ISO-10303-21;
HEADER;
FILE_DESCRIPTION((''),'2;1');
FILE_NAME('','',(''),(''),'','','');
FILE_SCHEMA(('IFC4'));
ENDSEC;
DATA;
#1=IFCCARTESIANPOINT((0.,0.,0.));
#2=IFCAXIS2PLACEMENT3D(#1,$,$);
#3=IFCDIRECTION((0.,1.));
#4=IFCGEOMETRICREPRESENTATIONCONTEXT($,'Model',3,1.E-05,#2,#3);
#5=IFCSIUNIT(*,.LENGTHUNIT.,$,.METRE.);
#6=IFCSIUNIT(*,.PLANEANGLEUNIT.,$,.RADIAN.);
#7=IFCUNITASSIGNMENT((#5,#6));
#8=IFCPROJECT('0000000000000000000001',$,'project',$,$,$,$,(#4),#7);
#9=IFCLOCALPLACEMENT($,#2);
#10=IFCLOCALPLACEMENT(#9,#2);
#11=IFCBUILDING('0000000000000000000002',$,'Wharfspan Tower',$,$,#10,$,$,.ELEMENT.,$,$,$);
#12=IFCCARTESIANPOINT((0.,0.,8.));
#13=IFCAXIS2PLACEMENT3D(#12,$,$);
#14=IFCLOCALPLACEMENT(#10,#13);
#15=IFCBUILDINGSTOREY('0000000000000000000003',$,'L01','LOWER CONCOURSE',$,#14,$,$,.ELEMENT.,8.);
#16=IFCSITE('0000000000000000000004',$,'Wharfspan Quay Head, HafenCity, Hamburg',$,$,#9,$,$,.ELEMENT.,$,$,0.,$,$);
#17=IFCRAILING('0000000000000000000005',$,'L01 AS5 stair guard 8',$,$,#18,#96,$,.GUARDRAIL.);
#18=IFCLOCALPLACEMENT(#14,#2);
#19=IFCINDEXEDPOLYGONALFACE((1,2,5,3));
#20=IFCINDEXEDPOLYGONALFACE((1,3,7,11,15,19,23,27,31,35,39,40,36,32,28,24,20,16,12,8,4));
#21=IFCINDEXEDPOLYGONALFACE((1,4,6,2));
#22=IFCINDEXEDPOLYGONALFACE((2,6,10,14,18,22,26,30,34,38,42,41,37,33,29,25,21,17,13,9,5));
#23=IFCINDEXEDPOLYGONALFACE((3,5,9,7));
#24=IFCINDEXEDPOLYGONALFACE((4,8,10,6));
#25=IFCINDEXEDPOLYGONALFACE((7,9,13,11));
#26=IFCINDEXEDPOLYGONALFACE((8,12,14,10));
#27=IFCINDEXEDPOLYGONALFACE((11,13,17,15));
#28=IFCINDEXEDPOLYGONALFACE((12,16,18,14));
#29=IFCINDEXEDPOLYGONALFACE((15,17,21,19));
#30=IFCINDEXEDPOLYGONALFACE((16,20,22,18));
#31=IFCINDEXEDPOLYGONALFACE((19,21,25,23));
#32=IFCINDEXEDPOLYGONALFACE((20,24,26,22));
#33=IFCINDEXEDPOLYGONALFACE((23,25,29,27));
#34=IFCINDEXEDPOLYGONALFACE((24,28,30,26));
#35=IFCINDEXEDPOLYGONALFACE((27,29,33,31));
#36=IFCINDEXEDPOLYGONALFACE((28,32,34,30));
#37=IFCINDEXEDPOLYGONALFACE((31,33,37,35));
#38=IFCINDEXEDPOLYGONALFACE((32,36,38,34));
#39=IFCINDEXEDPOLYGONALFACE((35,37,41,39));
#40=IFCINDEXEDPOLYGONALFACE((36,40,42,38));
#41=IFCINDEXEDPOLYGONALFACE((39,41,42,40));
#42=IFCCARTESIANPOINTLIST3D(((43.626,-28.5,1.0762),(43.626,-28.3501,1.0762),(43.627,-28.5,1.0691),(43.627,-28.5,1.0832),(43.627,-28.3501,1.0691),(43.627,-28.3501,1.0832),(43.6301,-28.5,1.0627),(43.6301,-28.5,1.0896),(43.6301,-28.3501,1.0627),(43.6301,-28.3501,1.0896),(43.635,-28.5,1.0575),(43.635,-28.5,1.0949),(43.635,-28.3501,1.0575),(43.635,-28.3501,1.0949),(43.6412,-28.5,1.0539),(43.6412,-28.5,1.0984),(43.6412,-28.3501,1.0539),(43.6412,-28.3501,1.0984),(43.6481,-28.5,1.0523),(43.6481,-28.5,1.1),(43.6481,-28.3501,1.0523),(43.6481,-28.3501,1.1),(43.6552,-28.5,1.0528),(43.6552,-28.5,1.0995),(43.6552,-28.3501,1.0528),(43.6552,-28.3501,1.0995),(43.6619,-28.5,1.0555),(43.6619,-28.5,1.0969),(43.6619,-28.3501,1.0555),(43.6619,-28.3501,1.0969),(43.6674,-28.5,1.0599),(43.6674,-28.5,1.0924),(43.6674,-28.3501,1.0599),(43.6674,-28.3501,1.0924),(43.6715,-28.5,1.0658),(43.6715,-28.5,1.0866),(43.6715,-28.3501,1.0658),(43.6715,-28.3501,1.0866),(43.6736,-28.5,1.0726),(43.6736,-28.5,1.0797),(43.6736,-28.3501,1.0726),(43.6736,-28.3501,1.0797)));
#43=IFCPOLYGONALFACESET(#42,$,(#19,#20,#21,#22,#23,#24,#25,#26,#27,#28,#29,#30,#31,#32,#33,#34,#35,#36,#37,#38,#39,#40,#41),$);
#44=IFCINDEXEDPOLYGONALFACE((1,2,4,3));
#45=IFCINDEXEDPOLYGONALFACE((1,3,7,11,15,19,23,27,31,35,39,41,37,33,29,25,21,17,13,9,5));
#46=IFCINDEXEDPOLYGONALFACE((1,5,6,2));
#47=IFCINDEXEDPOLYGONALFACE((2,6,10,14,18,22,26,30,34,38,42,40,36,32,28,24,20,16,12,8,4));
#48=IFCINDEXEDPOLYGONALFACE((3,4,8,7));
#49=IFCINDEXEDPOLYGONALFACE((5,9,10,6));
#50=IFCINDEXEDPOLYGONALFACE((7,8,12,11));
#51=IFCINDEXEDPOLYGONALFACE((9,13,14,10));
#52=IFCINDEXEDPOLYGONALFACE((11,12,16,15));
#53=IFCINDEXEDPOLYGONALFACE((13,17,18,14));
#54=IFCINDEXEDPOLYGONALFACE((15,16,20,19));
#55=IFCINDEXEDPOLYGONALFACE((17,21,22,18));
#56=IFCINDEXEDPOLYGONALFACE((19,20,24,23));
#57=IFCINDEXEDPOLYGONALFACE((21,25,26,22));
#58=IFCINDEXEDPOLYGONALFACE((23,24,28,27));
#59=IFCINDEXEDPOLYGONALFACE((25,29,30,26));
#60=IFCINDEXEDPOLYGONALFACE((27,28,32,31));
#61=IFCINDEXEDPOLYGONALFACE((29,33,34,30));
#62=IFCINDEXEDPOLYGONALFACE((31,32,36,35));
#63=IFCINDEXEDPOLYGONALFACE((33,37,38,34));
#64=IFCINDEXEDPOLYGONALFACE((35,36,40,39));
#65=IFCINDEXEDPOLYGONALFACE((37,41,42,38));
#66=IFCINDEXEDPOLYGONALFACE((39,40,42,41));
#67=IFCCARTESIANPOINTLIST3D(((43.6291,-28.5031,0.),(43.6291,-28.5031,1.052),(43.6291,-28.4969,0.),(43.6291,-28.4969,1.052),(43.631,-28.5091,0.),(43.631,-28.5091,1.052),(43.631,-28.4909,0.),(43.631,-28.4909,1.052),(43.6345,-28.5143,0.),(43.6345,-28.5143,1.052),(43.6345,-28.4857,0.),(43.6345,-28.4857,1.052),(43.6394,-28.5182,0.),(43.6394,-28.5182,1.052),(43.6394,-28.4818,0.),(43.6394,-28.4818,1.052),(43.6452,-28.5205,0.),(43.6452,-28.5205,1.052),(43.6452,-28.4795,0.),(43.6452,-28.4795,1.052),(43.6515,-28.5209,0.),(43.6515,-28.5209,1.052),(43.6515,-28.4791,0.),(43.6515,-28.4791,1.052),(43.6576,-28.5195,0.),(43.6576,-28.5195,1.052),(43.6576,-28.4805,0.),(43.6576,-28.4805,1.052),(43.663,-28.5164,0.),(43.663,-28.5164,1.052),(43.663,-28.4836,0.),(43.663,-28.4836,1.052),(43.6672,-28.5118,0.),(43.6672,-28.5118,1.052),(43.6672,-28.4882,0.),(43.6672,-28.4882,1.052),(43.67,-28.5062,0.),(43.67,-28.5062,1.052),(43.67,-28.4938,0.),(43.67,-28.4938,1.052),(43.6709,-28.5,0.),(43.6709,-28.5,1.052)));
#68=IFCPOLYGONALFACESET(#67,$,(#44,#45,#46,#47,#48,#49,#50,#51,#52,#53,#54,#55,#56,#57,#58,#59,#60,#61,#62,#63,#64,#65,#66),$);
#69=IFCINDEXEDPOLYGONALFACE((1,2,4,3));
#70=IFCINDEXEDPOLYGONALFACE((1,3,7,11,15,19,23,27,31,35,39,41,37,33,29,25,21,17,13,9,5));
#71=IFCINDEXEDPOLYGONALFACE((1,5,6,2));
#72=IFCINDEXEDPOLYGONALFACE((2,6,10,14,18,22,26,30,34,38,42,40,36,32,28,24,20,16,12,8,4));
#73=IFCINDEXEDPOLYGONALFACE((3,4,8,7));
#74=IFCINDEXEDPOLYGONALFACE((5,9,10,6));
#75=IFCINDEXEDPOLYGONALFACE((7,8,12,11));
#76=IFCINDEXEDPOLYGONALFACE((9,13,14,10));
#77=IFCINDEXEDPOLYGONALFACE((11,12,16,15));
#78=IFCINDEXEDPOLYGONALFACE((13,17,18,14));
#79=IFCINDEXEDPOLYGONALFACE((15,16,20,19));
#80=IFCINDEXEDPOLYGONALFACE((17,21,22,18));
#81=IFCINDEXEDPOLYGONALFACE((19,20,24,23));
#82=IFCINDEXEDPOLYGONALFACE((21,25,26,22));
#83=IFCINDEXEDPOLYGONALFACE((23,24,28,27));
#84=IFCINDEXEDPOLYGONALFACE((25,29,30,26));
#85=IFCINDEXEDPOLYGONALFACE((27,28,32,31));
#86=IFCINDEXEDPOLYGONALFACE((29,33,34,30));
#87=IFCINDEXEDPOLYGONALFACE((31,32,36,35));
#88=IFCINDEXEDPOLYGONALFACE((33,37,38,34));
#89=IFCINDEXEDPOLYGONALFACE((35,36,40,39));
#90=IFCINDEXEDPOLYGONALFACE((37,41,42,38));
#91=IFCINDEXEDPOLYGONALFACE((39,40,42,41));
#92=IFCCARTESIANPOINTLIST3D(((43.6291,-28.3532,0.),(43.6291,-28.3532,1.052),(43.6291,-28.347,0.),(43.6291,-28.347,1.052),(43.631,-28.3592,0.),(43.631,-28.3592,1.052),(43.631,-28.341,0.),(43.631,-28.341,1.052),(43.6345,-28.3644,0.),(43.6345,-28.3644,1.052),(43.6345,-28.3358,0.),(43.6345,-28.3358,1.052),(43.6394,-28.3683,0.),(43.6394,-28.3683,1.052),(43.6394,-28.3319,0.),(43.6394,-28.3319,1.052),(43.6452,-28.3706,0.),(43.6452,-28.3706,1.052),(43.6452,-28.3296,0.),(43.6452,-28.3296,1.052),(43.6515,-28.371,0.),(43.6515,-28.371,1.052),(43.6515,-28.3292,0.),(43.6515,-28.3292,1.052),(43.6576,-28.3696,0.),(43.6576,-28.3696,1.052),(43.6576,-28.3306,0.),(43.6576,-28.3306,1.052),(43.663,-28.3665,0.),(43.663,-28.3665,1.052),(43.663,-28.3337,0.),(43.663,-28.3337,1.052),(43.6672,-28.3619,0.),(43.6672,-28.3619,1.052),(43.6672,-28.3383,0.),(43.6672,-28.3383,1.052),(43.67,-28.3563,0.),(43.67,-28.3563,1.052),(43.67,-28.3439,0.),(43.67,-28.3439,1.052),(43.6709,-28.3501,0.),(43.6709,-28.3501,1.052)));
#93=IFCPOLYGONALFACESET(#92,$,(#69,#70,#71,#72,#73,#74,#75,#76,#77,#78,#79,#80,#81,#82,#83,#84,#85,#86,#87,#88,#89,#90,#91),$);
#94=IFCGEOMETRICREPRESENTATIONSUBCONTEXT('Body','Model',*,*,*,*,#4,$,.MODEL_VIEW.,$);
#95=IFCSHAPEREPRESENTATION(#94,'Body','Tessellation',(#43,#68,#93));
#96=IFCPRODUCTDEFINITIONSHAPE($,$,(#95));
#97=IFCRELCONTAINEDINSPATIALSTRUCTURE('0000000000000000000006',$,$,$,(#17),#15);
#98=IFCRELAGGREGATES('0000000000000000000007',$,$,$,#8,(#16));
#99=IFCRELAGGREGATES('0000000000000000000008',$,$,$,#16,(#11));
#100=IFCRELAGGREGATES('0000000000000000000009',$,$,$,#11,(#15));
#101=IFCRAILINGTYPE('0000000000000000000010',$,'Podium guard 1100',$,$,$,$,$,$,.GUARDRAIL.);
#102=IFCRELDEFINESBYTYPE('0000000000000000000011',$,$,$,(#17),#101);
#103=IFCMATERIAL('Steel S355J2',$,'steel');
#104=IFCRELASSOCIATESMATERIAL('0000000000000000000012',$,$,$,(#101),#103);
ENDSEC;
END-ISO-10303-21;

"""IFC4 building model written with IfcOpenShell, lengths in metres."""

from ifc_helpers import new_model, si_unit, direction, frame, origin, origin_2d, place, context, subcontext, project, spatial, circle, extrude, material, type_object, element, save


model = new_model("IFC4")

# Units and contexts
model_context = context("Model", 3, precision=1e-05, world=origin(), true_north=direction((0.0, 1.0)))
body_context = subcontext(model_context, "Body", "Model", "MODEL_VIEW")
ifc_project = project(units=[si_unit("LENGTHUNIT", "METRE"), si_unit("PLANEANGLEUNIT", "RADIAN")], contexts=[model_context])

# Site, building, storey
site_placement = place(None, origin())
site = spatial("IfcSite", under=ifc_project, at=site_placement, Name="Wharfspan Quay Head, HafenCity, Hamburg", CompositionType="ELEMENT", RefElevation=0.0)
building_placement = place(site_placement, origin())
building = spatial("IfcBuilding", under=site, at=building_placement, Name="Wharfspan Tower", CompositionType="ELEMENT")
storey_placement = place(building_placement, frame((0.0, 0.0, 8.0)))
storey = spatial("IfcBuildingStorey", under=building, at=storey_placement, Name="L01", Description="LOWER CONCOURSE", CompositionType="ELEMENT", Elevation=8.0)

# Railing
ifc_material_1 = material(Name="Steel S355J2", Category="steel")
railing_type_1 = type_object("IfcRailingType", Name="Podium guard 1100", PredefinedType="GUARDRAIL", material=ifc_material_1)
railing_1_placement = place(storey_placement, frame((43.6499, -28.5, 0.0)))
element("IfcRailing", 1, at=railing_1_placement, inside=storey, type_object=railing_type_1, Name="L01 AS5 stair guard 8", PredefinedType="GUARDRAIL", context=body_context, shape_type="SweptSolid", body=[
    extrude(circle(Radius=0.0239, at=origin_2d()), frame((0.0, 0.0, 1.0762), z_axis=(0.0, 1.0, 0.0), x_axis=(-1.0, 0.0, 0.0)), (0.0, 0.0, 1.0), 0.1499),
    extrude(circle(Radius=0.021, at=origin_2d()), origin(), (0.0, 0.0, 1.0), 1.052),
    extrude(circle(Radius=0.021, at=origin_2d()), frame((0.0, 0.1499, 0.0)), (0.0, 0.0, 1.0), 1.052),
])

save(model, "model.ifc")
